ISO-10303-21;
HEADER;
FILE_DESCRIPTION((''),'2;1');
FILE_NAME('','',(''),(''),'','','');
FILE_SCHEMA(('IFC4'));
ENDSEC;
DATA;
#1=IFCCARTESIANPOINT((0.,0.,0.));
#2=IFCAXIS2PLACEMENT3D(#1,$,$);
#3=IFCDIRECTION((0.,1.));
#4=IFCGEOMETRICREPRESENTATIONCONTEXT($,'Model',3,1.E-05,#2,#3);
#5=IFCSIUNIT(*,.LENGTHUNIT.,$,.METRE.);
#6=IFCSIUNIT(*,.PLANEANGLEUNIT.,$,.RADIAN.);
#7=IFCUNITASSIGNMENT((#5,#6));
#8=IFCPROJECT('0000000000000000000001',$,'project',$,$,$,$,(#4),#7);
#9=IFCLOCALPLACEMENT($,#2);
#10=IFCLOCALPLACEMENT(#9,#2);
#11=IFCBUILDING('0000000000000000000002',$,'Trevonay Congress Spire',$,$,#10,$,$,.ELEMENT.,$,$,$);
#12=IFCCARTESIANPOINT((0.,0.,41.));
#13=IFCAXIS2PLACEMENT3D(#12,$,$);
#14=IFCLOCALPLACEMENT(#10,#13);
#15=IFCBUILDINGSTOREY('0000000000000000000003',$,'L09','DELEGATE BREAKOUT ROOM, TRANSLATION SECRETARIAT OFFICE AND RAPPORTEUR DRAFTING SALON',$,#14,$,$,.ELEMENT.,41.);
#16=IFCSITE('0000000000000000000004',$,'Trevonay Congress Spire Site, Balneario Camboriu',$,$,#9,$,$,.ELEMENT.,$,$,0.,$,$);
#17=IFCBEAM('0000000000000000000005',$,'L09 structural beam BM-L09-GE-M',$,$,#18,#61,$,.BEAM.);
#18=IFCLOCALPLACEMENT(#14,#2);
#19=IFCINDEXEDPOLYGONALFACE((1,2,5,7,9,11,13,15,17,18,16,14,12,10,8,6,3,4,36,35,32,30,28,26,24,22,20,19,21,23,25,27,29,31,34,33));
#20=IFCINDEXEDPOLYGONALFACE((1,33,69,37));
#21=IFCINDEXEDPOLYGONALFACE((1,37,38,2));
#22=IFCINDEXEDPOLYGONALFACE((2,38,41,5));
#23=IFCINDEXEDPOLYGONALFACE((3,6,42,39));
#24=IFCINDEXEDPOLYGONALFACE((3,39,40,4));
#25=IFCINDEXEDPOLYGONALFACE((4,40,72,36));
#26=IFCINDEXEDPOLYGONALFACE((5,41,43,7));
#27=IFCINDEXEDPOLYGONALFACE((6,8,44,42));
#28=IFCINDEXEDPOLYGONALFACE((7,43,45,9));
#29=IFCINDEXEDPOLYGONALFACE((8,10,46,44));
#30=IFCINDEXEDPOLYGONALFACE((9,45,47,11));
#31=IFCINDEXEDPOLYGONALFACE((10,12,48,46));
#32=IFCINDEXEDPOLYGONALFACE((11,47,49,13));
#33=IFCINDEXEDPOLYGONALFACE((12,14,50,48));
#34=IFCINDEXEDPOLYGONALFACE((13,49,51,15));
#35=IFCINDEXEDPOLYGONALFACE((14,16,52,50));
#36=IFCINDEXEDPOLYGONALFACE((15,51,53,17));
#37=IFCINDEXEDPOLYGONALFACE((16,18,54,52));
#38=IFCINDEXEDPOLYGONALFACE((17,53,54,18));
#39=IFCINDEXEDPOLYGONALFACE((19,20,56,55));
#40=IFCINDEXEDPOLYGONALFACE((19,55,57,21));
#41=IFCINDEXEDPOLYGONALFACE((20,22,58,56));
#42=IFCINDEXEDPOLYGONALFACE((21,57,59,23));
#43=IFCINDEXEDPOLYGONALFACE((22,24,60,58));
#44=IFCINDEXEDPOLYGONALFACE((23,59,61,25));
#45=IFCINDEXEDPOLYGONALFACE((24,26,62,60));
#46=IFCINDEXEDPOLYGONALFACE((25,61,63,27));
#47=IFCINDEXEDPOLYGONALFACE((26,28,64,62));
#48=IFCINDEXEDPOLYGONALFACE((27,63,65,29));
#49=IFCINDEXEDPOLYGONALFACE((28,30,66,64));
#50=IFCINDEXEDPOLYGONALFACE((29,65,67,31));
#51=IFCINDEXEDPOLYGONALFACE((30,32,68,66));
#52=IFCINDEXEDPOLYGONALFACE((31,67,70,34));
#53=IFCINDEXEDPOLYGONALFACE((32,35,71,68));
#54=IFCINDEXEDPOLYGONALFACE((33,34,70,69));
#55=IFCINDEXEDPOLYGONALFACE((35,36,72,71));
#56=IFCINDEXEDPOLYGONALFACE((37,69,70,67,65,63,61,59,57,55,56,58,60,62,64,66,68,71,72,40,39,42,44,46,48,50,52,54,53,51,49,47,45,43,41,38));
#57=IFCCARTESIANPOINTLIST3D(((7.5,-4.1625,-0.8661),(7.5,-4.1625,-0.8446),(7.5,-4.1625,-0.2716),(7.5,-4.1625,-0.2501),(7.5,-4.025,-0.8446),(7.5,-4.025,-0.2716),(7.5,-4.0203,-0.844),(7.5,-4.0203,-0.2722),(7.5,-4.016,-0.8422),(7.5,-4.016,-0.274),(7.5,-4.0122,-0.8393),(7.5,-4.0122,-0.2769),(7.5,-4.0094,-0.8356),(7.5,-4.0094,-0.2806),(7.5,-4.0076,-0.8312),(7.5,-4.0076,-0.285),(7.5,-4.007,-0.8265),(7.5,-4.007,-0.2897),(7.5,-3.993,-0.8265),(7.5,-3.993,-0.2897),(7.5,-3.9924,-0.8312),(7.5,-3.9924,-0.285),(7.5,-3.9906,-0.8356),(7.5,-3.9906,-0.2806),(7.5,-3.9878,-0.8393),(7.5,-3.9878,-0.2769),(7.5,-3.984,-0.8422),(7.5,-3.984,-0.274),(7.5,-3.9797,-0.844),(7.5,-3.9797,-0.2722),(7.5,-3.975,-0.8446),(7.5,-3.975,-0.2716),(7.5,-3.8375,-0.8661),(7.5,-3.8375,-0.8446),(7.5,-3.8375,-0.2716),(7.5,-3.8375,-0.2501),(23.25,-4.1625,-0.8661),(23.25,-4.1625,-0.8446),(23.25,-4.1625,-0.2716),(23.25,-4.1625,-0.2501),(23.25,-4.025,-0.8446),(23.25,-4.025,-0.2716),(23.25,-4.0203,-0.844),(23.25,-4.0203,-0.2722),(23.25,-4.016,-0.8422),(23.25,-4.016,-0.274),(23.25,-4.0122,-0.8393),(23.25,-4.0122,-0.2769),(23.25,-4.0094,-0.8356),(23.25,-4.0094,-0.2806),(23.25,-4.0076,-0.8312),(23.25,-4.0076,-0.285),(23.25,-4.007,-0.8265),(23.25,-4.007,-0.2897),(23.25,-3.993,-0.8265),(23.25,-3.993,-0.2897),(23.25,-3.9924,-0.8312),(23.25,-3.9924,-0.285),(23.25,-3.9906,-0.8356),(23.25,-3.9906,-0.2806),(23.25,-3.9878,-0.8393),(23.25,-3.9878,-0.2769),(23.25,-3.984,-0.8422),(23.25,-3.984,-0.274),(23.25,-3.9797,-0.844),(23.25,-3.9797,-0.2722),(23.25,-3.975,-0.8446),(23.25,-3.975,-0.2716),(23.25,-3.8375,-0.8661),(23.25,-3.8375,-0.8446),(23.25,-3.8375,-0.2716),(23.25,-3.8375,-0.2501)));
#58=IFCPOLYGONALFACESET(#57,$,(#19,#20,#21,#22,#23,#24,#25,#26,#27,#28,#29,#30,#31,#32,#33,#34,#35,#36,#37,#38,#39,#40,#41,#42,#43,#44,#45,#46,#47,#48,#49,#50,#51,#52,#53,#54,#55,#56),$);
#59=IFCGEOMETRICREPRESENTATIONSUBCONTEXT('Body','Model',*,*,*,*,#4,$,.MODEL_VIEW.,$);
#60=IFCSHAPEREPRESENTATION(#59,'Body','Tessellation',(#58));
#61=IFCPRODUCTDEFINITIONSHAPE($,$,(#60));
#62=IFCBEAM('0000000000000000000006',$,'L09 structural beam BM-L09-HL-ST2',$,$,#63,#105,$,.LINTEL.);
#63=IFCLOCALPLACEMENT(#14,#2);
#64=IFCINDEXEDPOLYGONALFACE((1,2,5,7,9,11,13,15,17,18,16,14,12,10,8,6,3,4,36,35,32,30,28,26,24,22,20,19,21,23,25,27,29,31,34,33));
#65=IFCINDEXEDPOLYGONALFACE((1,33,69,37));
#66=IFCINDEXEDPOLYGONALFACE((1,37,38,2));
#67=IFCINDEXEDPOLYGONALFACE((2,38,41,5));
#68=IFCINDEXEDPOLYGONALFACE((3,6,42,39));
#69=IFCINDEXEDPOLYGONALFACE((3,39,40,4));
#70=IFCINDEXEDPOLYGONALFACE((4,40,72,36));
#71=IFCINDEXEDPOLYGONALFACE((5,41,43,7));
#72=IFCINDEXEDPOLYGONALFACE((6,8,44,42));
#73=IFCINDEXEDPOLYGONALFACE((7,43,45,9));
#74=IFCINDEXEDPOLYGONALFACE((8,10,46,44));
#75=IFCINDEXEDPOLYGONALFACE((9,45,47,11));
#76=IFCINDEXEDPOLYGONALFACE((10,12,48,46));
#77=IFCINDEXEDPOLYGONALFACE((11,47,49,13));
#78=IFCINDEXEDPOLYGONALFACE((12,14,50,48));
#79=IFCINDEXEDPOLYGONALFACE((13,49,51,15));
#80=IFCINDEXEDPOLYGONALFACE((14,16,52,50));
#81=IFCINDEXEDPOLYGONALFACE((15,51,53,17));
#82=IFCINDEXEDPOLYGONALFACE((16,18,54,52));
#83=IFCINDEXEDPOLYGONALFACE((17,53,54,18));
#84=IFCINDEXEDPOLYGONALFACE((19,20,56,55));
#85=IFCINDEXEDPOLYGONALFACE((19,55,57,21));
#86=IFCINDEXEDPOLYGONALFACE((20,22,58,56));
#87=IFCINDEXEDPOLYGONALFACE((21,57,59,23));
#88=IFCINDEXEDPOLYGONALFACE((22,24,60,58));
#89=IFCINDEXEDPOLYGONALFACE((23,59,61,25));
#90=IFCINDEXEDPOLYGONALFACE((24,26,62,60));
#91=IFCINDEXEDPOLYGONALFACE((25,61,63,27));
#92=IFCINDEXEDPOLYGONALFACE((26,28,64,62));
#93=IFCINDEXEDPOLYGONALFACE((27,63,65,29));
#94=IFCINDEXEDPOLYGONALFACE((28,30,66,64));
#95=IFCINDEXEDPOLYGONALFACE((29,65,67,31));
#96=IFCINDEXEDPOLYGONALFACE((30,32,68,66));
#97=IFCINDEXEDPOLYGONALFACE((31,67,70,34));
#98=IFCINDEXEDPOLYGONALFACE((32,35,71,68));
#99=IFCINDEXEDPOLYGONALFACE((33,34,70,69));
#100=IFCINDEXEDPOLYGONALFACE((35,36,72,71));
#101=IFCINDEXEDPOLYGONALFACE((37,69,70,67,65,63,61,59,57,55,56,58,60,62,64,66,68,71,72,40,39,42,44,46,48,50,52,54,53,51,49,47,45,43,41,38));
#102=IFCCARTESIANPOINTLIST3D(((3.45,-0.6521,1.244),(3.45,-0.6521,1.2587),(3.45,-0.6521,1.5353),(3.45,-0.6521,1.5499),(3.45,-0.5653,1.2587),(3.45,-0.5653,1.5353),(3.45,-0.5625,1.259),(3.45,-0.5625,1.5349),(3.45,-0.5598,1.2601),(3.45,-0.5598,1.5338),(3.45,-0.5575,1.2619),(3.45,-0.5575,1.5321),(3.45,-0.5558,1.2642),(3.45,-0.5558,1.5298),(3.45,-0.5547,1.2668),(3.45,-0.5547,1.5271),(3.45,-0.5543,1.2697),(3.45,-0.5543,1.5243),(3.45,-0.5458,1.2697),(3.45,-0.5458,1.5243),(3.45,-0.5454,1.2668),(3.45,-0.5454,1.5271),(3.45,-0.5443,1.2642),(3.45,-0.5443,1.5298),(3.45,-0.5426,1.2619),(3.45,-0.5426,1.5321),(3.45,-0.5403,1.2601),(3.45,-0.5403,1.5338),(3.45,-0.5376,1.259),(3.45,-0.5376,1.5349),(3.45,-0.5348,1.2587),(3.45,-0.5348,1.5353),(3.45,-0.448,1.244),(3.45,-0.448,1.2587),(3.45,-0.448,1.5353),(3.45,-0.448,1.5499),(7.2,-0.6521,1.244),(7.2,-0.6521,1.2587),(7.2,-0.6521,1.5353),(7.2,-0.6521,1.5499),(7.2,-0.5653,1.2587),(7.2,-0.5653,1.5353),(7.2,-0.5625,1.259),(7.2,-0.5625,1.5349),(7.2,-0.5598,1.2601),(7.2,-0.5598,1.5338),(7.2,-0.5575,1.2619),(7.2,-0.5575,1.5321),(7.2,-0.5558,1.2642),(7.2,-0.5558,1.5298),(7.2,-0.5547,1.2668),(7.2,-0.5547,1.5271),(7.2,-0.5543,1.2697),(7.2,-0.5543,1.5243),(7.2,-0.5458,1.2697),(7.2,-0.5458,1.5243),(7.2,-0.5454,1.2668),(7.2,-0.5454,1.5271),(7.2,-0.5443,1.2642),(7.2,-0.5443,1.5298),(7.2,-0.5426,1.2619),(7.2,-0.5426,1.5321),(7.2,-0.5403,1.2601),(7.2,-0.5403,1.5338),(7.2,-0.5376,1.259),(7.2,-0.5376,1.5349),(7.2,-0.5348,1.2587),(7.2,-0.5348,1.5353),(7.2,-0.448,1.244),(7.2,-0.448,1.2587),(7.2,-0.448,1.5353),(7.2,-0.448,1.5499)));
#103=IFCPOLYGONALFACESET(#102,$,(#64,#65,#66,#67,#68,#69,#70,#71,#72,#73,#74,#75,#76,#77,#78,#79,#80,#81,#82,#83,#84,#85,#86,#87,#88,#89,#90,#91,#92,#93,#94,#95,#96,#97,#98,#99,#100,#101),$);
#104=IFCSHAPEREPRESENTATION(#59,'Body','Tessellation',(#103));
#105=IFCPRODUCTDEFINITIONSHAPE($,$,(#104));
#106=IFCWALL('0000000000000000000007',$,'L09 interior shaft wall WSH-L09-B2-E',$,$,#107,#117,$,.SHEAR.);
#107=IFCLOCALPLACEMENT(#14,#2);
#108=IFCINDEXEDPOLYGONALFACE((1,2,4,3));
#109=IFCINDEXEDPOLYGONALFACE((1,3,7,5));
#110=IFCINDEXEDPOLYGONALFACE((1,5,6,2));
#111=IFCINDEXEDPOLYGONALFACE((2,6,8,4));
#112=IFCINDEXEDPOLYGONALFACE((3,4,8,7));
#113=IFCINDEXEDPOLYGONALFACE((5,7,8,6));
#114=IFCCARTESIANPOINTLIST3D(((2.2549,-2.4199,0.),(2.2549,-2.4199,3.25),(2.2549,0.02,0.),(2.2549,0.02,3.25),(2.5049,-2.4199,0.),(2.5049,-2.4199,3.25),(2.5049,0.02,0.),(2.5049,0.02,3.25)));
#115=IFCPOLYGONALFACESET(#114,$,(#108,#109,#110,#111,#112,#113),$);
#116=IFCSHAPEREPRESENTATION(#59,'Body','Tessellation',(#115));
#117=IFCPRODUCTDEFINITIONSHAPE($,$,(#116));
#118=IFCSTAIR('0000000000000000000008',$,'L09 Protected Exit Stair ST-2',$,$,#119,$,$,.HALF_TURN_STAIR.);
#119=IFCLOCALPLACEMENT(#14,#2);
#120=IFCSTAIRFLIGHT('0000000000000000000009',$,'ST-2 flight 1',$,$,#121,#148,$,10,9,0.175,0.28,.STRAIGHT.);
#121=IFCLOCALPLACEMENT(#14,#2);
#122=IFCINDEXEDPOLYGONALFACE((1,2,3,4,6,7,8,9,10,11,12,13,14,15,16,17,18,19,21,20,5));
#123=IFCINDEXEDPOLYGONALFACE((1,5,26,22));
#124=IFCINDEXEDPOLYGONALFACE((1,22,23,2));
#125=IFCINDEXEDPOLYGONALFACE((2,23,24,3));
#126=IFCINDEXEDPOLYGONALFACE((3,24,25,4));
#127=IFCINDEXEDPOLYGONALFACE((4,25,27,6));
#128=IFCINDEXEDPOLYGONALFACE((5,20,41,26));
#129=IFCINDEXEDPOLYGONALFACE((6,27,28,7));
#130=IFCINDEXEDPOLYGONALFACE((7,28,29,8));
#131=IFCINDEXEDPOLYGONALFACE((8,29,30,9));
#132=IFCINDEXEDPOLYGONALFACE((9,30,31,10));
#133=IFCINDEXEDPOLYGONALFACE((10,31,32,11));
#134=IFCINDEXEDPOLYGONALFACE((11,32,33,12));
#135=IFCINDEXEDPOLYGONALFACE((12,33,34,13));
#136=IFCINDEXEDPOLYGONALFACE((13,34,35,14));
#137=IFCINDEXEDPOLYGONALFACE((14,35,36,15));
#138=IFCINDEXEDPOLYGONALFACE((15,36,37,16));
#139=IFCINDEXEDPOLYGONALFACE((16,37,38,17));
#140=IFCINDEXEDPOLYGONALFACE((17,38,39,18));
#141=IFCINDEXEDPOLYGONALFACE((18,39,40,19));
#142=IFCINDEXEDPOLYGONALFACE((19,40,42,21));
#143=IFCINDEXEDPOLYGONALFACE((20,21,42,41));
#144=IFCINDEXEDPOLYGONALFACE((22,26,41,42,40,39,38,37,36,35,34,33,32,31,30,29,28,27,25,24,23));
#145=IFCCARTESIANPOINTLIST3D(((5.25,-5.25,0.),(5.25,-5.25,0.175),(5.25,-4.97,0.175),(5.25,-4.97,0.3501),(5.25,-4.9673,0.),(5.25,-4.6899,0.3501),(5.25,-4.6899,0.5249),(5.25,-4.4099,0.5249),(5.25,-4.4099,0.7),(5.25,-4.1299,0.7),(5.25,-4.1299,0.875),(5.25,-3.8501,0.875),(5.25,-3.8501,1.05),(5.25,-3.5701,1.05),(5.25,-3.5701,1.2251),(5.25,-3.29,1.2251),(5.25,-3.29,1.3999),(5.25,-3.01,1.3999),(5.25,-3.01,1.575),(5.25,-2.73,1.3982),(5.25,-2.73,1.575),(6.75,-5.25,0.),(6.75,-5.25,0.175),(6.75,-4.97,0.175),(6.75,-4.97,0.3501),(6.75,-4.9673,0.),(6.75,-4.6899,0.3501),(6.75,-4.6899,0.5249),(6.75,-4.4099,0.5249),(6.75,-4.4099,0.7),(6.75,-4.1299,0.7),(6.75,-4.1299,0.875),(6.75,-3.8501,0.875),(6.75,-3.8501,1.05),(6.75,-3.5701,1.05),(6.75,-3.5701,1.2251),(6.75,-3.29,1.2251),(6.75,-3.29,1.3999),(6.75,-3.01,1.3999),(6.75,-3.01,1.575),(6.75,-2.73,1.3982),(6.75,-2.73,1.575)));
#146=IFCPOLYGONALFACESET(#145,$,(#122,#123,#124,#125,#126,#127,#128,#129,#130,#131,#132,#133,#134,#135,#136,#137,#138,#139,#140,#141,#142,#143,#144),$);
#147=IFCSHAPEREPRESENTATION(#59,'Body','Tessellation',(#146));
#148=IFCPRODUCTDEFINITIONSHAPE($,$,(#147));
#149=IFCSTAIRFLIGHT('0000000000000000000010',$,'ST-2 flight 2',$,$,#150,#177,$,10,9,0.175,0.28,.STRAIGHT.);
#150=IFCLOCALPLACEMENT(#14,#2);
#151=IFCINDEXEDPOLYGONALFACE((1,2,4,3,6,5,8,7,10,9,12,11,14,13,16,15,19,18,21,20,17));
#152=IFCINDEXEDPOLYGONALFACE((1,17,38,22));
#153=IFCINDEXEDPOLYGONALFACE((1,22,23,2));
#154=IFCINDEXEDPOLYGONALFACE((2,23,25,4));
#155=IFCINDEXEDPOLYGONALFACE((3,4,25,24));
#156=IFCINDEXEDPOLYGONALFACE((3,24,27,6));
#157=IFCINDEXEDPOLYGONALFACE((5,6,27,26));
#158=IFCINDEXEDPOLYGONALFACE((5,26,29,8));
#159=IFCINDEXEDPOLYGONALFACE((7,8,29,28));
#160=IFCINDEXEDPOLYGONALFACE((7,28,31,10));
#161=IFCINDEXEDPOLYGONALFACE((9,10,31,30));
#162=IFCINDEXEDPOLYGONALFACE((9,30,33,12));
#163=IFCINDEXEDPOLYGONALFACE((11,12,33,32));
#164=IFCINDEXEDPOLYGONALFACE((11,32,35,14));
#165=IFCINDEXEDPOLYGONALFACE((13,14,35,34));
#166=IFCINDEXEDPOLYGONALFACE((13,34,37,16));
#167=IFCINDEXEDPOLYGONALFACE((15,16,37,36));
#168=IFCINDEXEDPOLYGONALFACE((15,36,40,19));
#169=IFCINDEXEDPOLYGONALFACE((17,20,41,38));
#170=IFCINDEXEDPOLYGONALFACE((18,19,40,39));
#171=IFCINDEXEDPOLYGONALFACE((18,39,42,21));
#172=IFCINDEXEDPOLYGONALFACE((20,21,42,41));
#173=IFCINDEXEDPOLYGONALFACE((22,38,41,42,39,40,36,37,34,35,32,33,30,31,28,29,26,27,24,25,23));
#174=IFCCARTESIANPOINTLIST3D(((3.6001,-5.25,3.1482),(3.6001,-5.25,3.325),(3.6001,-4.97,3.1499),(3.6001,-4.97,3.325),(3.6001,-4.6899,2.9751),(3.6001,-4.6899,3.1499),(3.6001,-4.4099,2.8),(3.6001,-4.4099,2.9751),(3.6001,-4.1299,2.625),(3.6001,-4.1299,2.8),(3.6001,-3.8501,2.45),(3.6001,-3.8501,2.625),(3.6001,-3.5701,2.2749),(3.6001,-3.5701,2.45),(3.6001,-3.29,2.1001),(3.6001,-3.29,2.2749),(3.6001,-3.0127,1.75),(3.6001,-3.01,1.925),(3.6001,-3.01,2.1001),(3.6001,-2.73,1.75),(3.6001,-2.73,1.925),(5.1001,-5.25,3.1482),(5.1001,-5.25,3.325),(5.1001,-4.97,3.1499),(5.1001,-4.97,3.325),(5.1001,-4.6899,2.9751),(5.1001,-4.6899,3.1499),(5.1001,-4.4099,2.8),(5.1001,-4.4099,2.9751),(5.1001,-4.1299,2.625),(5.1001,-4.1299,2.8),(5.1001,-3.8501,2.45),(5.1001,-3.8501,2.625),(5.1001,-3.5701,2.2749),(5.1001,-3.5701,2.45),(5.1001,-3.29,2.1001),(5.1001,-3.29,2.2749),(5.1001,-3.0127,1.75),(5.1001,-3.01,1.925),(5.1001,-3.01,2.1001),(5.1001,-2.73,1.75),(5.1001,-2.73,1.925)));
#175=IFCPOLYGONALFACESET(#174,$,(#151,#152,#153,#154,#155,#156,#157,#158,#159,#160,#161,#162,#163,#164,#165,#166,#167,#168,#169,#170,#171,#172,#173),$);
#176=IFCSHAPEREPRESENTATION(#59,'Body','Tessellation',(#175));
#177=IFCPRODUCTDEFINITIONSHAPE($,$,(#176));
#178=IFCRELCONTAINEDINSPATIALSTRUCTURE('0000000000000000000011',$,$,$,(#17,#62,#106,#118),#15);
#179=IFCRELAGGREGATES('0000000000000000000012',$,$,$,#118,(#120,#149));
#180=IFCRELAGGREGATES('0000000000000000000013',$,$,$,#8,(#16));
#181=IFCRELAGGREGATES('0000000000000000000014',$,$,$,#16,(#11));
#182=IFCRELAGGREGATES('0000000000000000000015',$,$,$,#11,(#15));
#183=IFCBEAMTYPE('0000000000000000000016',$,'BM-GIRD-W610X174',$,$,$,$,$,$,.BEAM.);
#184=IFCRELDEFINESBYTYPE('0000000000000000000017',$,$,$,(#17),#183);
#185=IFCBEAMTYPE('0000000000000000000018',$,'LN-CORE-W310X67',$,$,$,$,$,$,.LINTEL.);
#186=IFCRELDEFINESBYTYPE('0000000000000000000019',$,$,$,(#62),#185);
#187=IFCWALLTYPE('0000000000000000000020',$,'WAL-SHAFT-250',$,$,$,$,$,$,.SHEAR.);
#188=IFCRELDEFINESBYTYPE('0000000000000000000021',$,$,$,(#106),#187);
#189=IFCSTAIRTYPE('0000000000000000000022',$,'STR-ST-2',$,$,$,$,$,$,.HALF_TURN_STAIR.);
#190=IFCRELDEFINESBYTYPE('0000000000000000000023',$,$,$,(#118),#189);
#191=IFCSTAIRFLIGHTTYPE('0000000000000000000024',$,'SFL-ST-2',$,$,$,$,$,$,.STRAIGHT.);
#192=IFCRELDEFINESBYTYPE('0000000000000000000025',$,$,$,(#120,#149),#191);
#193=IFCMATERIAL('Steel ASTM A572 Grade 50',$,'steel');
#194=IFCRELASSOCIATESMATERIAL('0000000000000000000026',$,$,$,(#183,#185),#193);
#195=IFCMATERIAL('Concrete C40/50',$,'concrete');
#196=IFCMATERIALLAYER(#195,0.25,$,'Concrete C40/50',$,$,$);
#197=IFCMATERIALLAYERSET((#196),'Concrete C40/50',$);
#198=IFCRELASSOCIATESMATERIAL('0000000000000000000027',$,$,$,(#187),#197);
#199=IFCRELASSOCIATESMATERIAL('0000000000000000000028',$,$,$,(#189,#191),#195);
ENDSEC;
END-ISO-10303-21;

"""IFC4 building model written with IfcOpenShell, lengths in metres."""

from ifc_helpers import new_model, si_unit, direction, frame, frame_2d, origin, origin_2d, place, context, subcontext, project, spatial, polyline, rectangle, i_section, outline, extrude, material, layer, layer_set, material_profile, profile_set, type_object, element, aggregate, save


model = new_model("IFC4")

# Units and contexts
model_context = context("Model", 3, precision=1e-05, world=origin(), true_north=direction((0.0, 1.0)))
body_context = subcontext(model_context, "Body", "Model", "MODEL_VIEW")
ifc_project = project(units=[si_unit("LENGTHUNIT", "METRE"), si_unit("PLANEANGLEUNIT", "RADIAN")], contexts=[model_context])

# Site, building, storey
site_placement = place(None, origin())
site = spatial("IfcSite", under=ifc_project, at=site_placement, Name="Trevonay Congress Spire Site, Balneario Camboriu", CompositionType="ELEMENT", RefElevation=0.0)
building_placement = place(site_placement, origin())
building = spatial("IfcBuilding", under=site, at=building_placement, Name="Trevonay Congress Spire", CompositionType="ELEMENT")
storey_placement = place(building_placement, frame((0.0, 0.0, 41.0)))
storey = spatial("IfcBuildingStorey", under=building, at=storey_placement, Name="L09", Description="DELEGATE BREAKOUT ROOM, TRANSLATION SECRETARIAT OFFICE AND RAPPORTEUR DRAFTING SALON", CompositionType="ELEMENT", Elevation=41.0)

# Beams
ifc_material_1 = material(Name="Steel ASTM A572 Grade 50", Category="steel")
ifc_material_profile_1 = material_profile(ifc_material_1, i_section(OverallWidth=0.325, OverallDepth=0.616, WebThickness=0.0139, FlangeThickness=0.0215, FilletRadius=0.0181, at=origin_2d()), Name="W610x174")
ifc_profile_set_1 = profile_set([ifc_material_profile_1], Name="Steel ASTM A572 Grade 50")
beam_type_1 = type_object("IfcBeamType", Name="BM-GIRD-W610X174", PredefinedType="BEAM", material=ifc_profile_set_1)
beam_1_placement = place(storey_placement, frame((7.5, -4.0, -0.5581), z_axis=(1.0, 0.0, 0.0), x_axis=(0.0, 1.0, 0.0)))
element("IfcBeam", 1, at=beam_1_placement, inside=storey, type_object=beam_type_1, Name="L09 structural beam BM-L09-GE-M", PredefinedType="BEAM", context=body_context, shape_type="SweptSolid", body=[
    extrude(i_section(OverallWidth=0.325, OverallDepth=0.616, WebThickness=0.0139, FlangeThickness=0.0215, FilletRadius=0.0181, at=origin_2d()), origin(), (0.0, 0.0, 1.0), 15.75),
])
ifc_material_profile_2 = material_profile(ifc_material_1, i_section(OverallWidth=0.2041, OverallDepth=0.3059, WebThickness=0.0085, FlangeThickness=0.0146, FilletRadius=0.011, at=origin_2d()), Name="W310x67")
ifc_profile_set_2 = profile_set([ifc_material_profile_2], Name="Steel ASTM A572 Grade 50")
beam_type_2 = type_object("IfcBeamType", Name="LN-CORE-W310X67", PredefinedType="LINTEL", material=ifc_profile_set_2)
beam_2_placement = place(storey_placement, frame((3.45, -0.55, 1.397), z_axis=(1.0, 0.0, 0.0), x_axis=(0.0, 1.0, 0.0)))
element("IfcBeam", 2, at=beam_2_placement, inside=storey, type_object=beam_type_2, Name="L09 structural beam BM-L09-HL-ST2", PredefinedType="LINTEL", context=body_context, shape_type="SweptSolid", body=[
    extrude(i_section(OverallWidth=0.2041, OverallDepth=0.3059, WebThickness=0.0085, FlangeThickness=0.0146, FilletRadius=0.011, at=origin_2d()), origin(), (0.0, 0.0, 1.0), 3.75),
])

# Wall
ifc_material_2 = material(Name="Concrete C40/50", Category="concrete")
ifc_layer_1 = layer(ifc_material_2, 0.25, Name="Concrete C40/50")
ifc_layer_set_1 = layer_set([ifc_layer_1], Name="Concrete C40/50")
wall_type = type_object("IfcWallType", Name="WAL-SHAFT-250", PredefinedType="SHEAR", material=ifc_layer_set_1)
wall_placement = place(storey_placement, frame((2.3799, -2.4199, 0.0), z_axis=(0.0, 0.0, 1.0), x_axis=(0.0, 1.0, 0.0)))
element("IfcWall", 3, at=wall_placement, inside=storey, type_object=wall_type, Name="L09 interior shaft wall WSH-L09-B2-E", PredefinedType="SHEAR", context=body_context, shape_type="SweptSolid", body=[
    extrude(rectangle(XDim=2.4399, YDim=0.25, at=frame_2d((1.22, 0.0))), origin(), (0.0, 0.0, 1.0), 3.25),
])

# Stair, stair flights
stair_type = type_object("IfcStairType", Name="STR-ST-2", PredefinedType="HALF_TURN_STAIR", material=ifc_material_2)
stair_placement = place(storey_placement, origin())
stair = element("IfcStair", 4, at=stair_placement, inside=storey, type_object=stair_type, Name="L09 Protected Exit Stair ST-2", PredefinedType="HALF_TURN_STAIR")
stair_flight_type = type_object("IfcStairFlightType", Name="SFL-ST-2", PredefinedType="STRAIGHT", material=ifc_material_2)
stair_flight_1_placement = place(storey_placement, frame((6.0, -5.25, 0.0), z_axis=(0.0, 0.0, 1.0), x_axis=(0.0, 1.0, 0.0)))
stair_flight_1 = element("IfcStairFlight", 5, at=stair_flight_1_placement, type_object=stair_flight_type, Name="ST-2 flight 1", NumberOfRisers=10, NumberOfTreads=9, PredefinedType="STRAIGHT", RiserHeight=0.175, TreadLength=0.28, context=body_context, shape_type="SweptSolid", body=[
    extrude(outline(polyline([(0.0, 0.0), (0.0, 0.175), (0.28, 0.175), (0.28, 0.3501), (0.5601, 0.3501), (0.5601, 0.5249), (0.8401, 0.5249), (0.8401, 0.7), (1.1201, 0.7), (1.1201, 0.875), (1.3999, 0.875), (1.3999, 1.05), (1.6799, 1.05), (1.6799, 1.2251), (1.96, 1.2251), (1.96, 1.3999), (2.24, 1.3999), (2.24, 1.575), (2.52, 1.575), (2.52, 1.75), (2.52, 1.3982), (0.2827, 0.0), (0.0, 0.0)])), frame((0.0, 0.75, 0.0), z_axis=(0.0, -1.0, 0.0), x_axis=(1.0, 0.0, 0.0)), (0.0, 0.0, 1.0), 1.5),
])
stair_flight_2_placement = place(storey_placement, frame((4.3501, -2.73, 1.75), z_axis=(0.0, 0.0, 1.0), x_axis=(0.0, -1.0, 0.0)))
stair_flight_2 = element("IfcStairFlight", 6, at=stair_flight_2_placement, type_object=stair_flight_type, Name="ST-2 flight 2", NumberOfRisers=10, NumberOfTreads=9, PredefinedType="STRAIGHT", RiserHeight=0.175, TreadLength=0.28, context=body_context, shape_type="SweptSolid", body=[
    extrude(outline(polyline([(0.0, 0.0), (0.0, 0.175), (0.28, 0.175), (0.28, 0.3501), (0.5601, 0.3501), (0.5601, 0.5249), (0.8401, 0.5249), (0.8401, 0.7), (1.1201, 0.7), (1.1201, 0.875), (1.3999, 0.875), (1.3999, 1.05), (1.6799, 1.05), (1.6799, 1.2251), (1.96, 1.2251), (1.96, 1.3999), (2.24, 1.3999), (2.24, 1.575), (2.52, 1.575), (2.52, 1.75), (2.52, 1.3982), (0.2827, 0.0), (0.0, 0.0)])), frame((0.0, 0.75, 0.0), z_axis=(0.0, -1.0, 0.0), x_axis=(1.0, 0.0, 0.0)), (0.0, 0.0, 1.0), 1.5),
])
aggregate(stair, [stair_flight_1, stair_flight_2])

save(model, "model.ifc")
